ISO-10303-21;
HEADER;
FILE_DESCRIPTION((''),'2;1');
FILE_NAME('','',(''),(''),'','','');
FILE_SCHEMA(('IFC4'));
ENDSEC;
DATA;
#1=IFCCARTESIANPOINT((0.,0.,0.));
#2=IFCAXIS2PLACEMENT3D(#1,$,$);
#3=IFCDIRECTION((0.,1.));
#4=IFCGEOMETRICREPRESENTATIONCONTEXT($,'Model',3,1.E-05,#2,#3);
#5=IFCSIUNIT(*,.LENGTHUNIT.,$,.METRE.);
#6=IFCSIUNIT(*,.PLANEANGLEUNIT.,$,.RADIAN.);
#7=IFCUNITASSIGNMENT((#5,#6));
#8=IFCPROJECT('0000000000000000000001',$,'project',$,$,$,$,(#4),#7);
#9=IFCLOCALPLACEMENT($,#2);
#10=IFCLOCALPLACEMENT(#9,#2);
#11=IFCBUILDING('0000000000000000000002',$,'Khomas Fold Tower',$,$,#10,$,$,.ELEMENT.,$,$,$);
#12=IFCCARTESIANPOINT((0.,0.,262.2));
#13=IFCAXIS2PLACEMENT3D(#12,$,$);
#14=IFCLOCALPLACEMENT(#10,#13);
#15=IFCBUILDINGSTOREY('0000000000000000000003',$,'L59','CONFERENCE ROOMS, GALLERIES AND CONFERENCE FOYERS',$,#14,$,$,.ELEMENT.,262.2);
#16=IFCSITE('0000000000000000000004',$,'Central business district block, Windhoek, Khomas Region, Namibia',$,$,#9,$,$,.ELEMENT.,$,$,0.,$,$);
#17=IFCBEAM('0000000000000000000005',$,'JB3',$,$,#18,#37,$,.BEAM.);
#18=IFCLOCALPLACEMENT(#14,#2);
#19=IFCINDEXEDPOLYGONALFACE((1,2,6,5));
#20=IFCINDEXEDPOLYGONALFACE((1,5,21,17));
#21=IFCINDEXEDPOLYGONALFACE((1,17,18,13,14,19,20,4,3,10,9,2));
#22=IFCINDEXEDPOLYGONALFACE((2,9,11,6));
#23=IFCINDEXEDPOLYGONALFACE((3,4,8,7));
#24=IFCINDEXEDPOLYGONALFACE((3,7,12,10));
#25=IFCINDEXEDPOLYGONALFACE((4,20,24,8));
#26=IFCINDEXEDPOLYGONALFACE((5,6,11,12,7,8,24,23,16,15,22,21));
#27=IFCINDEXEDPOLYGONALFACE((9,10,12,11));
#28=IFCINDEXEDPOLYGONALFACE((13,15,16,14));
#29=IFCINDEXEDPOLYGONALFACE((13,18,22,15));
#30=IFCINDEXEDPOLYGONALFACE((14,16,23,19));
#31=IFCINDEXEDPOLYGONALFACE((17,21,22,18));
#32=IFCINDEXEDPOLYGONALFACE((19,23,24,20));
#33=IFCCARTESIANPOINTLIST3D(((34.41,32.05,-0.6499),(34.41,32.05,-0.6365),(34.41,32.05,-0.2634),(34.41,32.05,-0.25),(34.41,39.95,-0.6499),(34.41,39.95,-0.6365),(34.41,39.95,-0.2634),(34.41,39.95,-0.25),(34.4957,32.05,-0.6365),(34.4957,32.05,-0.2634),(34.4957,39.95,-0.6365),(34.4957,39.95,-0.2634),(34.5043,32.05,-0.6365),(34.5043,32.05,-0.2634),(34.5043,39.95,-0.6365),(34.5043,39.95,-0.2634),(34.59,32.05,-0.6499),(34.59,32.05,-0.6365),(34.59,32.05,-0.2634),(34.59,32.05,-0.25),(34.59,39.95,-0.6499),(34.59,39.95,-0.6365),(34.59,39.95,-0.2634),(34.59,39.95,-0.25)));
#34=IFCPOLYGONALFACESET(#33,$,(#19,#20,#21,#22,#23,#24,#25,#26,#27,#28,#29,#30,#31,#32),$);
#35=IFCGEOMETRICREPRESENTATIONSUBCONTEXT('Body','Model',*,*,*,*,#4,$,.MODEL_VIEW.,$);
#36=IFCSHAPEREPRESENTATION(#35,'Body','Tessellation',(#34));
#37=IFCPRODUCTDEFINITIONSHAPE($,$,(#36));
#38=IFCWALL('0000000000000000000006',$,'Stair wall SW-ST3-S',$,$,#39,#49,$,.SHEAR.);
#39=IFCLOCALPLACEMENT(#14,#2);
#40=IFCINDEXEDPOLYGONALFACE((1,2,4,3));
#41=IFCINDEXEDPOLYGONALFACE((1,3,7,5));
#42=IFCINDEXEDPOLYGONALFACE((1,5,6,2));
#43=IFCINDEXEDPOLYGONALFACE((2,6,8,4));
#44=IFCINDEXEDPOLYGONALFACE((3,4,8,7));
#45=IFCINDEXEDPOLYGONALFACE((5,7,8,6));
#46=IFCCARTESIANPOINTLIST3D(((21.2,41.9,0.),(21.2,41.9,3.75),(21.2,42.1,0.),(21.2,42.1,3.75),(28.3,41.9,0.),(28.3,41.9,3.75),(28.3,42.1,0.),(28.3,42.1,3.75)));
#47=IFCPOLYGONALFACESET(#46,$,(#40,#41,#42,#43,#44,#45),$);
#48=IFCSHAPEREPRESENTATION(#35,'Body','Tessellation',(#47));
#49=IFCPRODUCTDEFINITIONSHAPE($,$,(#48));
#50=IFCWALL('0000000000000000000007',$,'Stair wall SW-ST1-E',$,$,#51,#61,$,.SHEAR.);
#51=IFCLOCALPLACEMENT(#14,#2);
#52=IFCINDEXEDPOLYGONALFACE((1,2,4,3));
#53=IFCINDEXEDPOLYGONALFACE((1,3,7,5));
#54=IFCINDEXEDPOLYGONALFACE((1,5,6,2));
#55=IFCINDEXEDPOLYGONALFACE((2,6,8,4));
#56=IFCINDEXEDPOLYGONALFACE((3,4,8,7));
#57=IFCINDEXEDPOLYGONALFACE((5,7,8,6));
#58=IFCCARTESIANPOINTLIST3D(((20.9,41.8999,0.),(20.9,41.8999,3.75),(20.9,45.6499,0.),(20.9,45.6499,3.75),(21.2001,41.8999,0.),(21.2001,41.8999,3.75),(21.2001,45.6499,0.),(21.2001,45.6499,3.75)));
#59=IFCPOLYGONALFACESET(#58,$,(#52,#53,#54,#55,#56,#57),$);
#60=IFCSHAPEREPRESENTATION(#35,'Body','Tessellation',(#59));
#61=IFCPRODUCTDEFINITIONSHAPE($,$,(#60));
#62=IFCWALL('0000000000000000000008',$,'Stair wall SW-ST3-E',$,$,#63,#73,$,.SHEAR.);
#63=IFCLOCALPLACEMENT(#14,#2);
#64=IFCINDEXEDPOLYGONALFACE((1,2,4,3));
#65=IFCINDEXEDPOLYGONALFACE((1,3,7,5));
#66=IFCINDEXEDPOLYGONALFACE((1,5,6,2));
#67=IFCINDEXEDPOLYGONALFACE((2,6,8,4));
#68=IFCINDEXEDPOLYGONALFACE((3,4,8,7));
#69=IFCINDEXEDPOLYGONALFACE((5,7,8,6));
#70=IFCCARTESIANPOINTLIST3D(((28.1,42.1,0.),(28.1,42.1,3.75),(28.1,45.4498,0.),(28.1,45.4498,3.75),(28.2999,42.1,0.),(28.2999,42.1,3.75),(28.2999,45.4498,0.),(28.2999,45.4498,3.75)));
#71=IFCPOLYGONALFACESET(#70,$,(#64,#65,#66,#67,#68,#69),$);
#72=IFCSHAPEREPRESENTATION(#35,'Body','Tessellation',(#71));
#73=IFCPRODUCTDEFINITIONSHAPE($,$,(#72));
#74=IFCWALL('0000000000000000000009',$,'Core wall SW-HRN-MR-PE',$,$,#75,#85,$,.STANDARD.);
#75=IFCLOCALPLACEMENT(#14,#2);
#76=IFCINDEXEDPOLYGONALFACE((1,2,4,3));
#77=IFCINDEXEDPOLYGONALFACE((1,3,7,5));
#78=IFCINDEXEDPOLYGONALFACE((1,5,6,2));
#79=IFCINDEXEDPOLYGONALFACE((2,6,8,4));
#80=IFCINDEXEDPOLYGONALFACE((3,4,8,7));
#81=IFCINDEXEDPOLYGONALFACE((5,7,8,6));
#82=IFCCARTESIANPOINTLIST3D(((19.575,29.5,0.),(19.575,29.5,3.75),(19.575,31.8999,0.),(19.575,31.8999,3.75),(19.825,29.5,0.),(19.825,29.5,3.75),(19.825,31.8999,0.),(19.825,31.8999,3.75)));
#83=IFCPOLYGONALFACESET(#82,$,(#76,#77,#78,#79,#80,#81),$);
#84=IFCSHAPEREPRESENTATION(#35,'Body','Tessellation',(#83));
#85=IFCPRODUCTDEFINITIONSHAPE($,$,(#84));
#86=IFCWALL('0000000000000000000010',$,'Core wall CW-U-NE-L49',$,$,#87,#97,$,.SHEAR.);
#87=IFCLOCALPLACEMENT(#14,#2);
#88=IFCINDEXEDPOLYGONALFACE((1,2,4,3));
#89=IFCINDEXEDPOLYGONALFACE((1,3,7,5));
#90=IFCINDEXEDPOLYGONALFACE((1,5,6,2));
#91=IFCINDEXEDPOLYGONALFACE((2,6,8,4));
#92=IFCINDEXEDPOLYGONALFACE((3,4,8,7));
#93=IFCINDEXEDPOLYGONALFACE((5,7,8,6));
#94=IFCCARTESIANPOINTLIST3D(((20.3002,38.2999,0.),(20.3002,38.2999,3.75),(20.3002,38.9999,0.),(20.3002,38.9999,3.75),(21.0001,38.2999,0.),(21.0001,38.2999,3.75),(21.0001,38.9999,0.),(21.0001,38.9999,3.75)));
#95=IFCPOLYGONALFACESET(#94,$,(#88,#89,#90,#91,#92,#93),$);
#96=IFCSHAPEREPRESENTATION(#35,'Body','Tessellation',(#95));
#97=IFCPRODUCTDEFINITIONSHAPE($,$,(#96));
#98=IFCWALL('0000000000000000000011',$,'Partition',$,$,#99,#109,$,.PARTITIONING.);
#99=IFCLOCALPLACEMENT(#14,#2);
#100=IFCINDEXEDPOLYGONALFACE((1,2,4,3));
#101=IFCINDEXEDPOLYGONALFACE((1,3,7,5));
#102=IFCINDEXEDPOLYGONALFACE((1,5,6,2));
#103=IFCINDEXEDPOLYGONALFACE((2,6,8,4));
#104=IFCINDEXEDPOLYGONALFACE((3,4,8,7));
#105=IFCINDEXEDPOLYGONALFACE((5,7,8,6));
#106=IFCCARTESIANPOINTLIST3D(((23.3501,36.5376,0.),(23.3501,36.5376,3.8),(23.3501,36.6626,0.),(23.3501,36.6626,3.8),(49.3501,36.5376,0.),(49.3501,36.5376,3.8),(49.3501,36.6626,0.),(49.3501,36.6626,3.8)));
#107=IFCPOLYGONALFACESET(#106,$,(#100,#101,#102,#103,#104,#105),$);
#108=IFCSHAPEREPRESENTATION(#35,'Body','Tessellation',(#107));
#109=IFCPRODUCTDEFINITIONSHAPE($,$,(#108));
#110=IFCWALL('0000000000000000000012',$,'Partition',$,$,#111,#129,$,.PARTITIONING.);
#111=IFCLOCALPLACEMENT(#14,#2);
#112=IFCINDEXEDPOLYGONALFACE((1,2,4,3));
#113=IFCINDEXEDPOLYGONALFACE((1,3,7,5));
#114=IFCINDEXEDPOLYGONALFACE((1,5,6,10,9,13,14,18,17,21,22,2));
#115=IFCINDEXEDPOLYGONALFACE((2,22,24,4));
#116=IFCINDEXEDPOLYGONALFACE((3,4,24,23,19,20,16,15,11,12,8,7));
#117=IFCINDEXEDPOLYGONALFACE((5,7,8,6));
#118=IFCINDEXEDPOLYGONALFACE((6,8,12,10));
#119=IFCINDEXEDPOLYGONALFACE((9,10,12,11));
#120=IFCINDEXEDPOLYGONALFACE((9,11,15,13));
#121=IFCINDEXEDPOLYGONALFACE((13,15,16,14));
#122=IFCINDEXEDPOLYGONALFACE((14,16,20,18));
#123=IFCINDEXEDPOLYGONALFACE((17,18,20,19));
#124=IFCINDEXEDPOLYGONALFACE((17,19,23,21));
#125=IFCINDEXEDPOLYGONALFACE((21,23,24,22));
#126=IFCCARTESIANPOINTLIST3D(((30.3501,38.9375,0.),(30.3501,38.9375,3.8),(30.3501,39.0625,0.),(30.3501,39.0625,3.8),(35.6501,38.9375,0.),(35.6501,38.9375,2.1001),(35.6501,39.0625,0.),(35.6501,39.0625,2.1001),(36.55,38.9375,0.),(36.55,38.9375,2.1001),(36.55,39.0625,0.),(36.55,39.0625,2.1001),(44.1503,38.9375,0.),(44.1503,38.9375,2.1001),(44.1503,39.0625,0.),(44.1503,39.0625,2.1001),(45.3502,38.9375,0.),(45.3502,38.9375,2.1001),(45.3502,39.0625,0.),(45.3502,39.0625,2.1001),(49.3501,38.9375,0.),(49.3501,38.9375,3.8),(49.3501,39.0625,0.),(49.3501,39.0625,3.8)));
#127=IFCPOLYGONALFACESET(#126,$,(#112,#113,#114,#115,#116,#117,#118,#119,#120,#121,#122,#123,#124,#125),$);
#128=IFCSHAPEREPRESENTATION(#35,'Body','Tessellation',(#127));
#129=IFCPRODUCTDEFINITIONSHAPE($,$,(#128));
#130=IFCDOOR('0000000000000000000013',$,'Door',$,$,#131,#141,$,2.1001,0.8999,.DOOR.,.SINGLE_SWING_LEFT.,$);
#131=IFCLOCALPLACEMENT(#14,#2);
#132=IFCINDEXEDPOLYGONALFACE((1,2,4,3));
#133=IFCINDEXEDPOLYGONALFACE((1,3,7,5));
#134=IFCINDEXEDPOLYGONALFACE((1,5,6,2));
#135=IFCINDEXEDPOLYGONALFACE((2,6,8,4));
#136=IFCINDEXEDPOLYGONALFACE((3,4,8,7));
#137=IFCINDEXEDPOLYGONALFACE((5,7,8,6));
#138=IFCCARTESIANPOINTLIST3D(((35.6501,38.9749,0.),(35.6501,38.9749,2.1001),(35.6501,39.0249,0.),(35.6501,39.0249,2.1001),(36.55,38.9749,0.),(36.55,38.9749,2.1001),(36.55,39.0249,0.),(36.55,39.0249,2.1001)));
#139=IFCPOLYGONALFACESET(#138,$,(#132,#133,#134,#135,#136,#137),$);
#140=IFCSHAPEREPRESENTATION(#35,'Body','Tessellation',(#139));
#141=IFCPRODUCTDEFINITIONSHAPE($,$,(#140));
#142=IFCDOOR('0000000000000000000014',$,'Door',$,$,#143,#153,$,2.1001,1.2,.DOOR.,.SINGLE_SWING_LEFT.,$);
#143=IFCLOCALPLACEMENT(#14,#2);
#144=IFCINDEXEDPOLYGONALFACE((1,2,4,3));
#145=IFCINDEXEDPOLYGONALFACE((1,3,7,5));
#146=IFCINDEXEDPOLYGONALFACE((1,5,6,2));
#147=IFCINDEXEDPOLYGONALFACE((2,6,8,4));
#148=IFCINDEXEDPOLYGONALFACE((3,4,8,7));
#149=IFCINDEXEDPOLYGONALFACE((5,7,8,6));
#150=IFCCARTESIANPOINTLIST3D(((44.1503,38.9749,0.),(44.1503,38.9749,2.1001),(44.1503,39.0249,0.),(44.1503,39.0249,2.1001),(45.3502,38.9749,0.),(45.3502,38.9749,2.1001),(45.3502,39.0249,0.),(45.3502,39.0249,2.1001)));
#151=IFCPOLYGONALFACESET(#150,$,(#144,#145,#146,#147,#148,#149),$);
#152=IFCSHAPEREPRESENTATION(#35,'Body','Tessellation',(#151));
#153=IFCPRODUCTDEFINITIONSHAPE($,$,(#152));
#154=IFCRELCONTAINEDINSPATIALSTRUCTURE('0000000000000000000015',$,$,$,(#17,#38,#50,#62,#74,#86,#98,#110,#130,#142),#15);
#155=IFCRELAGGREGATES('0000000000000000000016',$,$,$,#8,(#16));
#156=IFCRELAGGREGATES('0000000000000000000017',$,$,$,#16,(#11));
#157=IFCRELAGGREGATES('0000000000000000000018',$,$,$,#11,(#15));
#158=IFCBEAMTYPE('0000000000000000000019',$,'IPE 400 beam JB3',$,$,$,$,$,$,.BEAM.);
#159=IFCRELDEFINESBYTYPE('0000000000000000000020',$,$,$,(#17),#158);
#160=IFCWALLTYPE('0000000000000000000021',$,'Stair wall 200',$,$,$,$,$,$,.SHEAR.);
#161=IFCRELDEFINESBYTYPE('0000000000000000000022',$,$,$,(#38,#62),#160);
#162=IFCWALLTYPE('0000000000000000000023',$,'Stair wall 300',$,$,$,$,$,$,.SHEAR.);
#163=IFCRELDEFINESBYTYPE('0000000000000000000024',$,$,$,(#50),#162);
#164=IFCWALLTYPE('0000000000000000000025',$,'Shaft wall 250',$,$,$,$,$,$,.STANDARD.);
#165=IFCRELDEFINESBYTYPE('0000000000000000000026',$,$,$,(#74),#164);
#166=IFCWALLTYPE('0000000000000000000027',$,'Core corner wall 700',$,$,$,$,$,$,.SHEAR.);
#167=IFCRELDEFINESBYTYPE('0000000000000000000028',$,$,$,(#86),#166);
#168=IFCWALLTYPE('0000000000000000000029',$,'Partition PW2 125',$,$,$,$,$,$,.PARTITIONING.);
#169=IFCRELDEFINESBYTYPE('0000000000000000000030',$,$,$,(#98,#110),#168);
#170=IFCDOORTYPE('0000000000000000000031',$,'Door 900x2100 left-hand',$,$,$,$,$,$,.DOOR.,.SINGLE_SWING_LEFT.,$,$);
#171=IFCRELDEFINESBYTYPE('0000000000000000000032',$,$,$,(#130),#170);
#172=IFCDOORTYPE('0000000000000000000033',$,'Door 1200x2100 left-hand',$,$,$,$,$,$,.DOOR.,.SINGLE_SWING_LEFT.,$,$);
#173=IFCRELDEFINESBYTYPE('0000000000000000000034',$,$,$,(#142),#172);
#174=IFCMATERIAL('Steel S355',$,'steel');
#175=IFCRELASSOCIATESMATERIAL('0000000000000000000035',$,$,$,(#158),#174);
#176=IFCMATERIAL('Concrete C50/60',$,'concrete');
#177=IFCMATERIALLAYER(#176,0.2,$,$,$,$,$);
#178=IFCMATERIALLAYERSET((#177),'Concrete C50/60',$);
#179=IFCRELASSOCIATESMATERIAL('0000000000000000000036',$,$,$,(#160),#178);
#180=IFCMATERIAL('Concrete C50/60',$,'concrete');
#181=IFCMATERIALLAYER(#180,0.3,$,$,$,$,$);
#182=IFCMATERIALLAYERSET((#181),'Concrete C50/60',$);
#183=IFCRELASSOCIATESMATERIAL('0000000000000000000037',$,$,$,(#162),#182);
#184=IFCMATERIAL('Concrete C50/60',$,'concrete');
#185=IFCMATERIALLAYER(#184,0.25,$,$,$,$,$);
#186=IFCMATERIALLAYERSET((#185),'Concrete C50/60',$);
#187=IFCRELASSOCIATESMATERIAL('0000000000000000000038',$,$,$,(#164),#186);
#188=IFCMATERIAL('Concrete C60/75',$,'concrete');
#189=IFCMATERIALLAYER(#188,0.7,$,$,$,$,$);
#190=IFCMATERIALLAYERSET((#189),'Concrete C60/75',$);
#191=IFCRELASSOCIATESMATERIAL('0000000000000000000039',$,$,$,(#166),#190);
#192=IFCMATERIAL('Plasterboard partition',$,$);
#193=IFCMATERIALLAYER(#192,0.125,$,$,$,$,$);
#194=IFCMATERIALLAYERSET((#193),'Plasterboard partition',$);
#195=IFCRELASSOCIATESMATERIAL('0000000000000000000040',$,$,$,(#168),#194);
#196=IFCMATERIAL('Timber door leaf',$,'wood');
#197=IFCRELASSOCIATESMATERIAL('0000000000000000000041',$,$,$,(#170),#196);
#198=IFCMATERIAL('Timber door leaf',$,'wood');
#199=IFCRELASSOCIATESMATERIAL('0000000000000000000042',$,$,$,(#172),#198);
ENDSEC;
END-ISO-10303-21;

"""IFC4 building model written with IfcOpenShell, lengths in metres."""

from ifc_helpers import new_model, si_unit, direction, frame, frame_2d, origin, origin_2d, place, context, subcontext, project, spatial, rectangle, i_section, extrude, source, transform, mapped, material, layer, layer_set, material_profile, profile_set, type_object, element, fill, save


model = new_model("IFC4")

# Units and contexts
model_context = context("Model", 3, precision=1e-05, world=origin(), true_north=direction((0.0, 1.0)))
body_context = subcontext(model_context, "Body", "Model", "MODEL_VIEW")
ifc_project = project(units=[si_unit("LENGTHUNIT", "METRE"), si_unit("PLANEANGLEUNIT", "RADIAN")], contexts=[model_context])

# Site, building, storey
site_placement = place(None, origin())
site = spatial("IfcSite", under=ifc_project, at=site_placement, Name="Central business district block, Windhoek, Khomas Region, Namibia", CompositionType="ELEMENT", RefElevation=0.0)
building_placement = place(site_placement, origin())
building = spatial("IfcBuilding", under=site, at=building_placement, Name="Khomas Fold Tower", CompositionType="ELEMENT")
storey_placement = place(building_placement, frame((0.0, 0.0, 262.2)))
storey = spatial("IfcBuildingStorey", under=building, at=storey_placement, Name="L59", Description="CONFERENCE ROOMS, GALLERIES AND CONFERENCE FOYERS", CompositionType="ELEMENT", Elevation=262.2)

# Beam
ifc_material_1 = material(Name="Steel S355", Category="steel")
ifc_material_profile_1 = material_profile(ifc_material_1, i_section(OverallWidth=0.1799, OverallDepth=0.3999, WebThickness=0.0085, FlangeThickness=0.0134, at=origin_2d()), Name="IPE 400")
ifc_profile_set_1 = profile_set([ifc_material_profile_1], Name="Steel S355")
beam_type_1 = type_object("IfcBeamType", Name="IPE 400 beam JB3", PredefinedType="BEAM", material=ifc_profile_set_1)
shared_shape_1 = source(origin(), body_context, "Body", "SweptSolid", [
    extrude(i_section(OverallWidth=0.1799, OverallDepth=0.3999, WebThickness=0.0085, FlangeThickness=0.0134, at=origin_2d()), origin(), (0.0, 0.0, 1.0), 7.8999),
])
beam_1_placement = place(storey_placement, frame((34.5, 32.05, -0.45), z_axis=(0.0, 1.0, 0.0), x_axis=(-1.0, 0.0, 0.0)))
element("IfcBeam", 1, at=beam_1_placement, inside=storey, type_object=beam_type_1, Name="JB3", PredefinedType="BEAM", context=body_context, shape_type="MappedRepresentation", body=[
    mapped(shared_shape_1, transform((0.0, 0.0, 0.0))),
])

# Walls
ifc_material_2 = material(Name="Concrete C50/60", Category="concrete")
ifc_layer_1 = layer(ifc_material_2, 0.2)
ifc_layer_set_1 = layer_set([ifc_layer_1], Name="Concrete C50/60")
wall_type_1 = type_object("IfcWallType", Name="Stair wall 200", PredefinedType="SHEAR", material=ifc_layer_set_1)
shared_shape_2 = source(origin(), body_context, "Body", "SweptSolid", [
    extrude(rectangle(XDim=7.1001, YDim=0.2, at=frame_2d((3.55, 0.0))), origin(), (0.0, 0.0, 1.0), 3.75),
])
wall_1_placement = place(storey_placement, frame((21.2, 42.0, 0.0), z_axis=(0.0, 0.0, 1.0), x_axis=(1.0, 0.0, 0.0)))
element("IfcWall", 2, at=wall_1_placement, inside=storey, type_object=wall_type_1, Name="Stair wall SW-ST3-S", PredefinedType="SHEAR", context=body_context, shape_type="MappedRepresentation", body=[
    mapped(shared_shape_2, transform((0.0, 0.0, 0.0))),
])
ifc_material_3 = material(Name="Concrete C50/60", Category="concrete")
ifc_layer_2 = layer(ifc_material_3, 0.3)
ifc_layer_set_2 = layer_set([ifc_layer_2], Name="Concrete C50/60")
wall_type_2 = type_object("IfcWallType", Name="Stair wall 300", PredefinedType="SHEAR", material=ifc_layer_set_2)
shared_shape_3 = source(origin(), body_context, "Body", "SweptSolid", [
    extrude(rectangle(XDim=3.75, YDim=0.3, at=frame_2d((1.875, 0.0))), origin(), (0.0, 0.0, 1.0), 3.75),
])
wall_2_placement = place(storey_placement, frame((21.05, 41.8999, 0.0), z_axis=(0.0, 0.0, 1.0), x_axis=(0.0, 1.0, 0.0)))
element("IfcWall", 3, at=wall_2_placement, inside=storey, type_object=wall_type_2, Name="Stair wall SW-ST1-E", PredefinedType="SHEAR", context=body_context, shape_type="MappedRepresentation", body=[
    mapped(shared_shape_3, transform((0.0, 0.0, 0.0))),
])
shared_shape_4 = source(origin(), body_context, "Body", "SweptSolid", [
    extrude(rectangle(XDim=3.3499, YDim=0.2, at=frame_2d((1.6748, 0.0))), origin(), (0.0, 0.0, 1.0), 3.75),
])
wall_3_placement = place(storey_placement, frame((28.2, 42.1001, 0.0), z_axis=(0.0, 0.0, 1.0), x_axis=(0.0, 1.0, 0.0)))
element("IfcWall", 4, at=wall_3_placement, inside=storey, type_object=wall_type_1, Name="Stair wall SW-ST3-E", PredefinedType="SHEAR", context=body_context, shape_type="MappedRepresentation", body=[
    mapped(shared_shape_4, transform((0.0, 0.0, 0.0))),
])
ifc_material_4 = material(Name="Concrete C50/60", Category="concrete")
ifc_layer_3 = layer(ifc_material_4, 0.25)
ifc_layer_set_3 = layer_set([ifc_layer_3], Name="Concrete C50/60")
wall_type_3 = type_object("IfcWallType", Name="Shaft wall 250", PredefinedType="STANDARD", material=ifc_layer_set_3)
shared_shape_5 = source(origin(), body_context, "Body", "SweptSolid", [
    extrude(rectangle(XDim=2.3999, YDim=0.25, at=frame_2d((1.2, 0.0))), origin(), (0.0, 0.0, 1.0), 3.75),
])
wall_4_placement = place(storey_placement, frame((19.7, 29.5, 0.0), z_axis=(0.0, 0.0, 1.0), x_axis=(0.0, 1.0, 0.0)))
element("IfcWall", 5, at=wall_4_placement, inside=storey, type_object=wall_type_3, Name="Core wall SW-HRN-MR-PE", PredefinedType="STANDARD", context=body_context, shape_type="MappedRepresentation", body=[
    mapped(shared_shape_5, transform((0.0, 0.0, 0.0))),
])
ifc_material_5 = material(Name="Concrete C60/75", Category="concrete")
ifc_layer_4 = layer(ifc_material_5, 0.7)
ifc_layer_set_4 = layer_set([ifc_layer_4], Name="Concrete C60/75")
wall_type_4 = type_object("IfcWallType", Name="Core corner wall 700", PredefinedType="SHEAR", material=ifc_layer_set_4)
shared_shape_6 = source(origin(), body_context, "Body", "SweptSolid", [
    extrude(rectangle(XDim=0.7, YDim=0.7, at=frame_2d((0.3501, 0.0))), origin(), (0.0, 0.0, 1.0), 3.75),
])
wall_5_placement = place(storey_placement, frame((20.3, 38.6499, 0.0), z_axis=(0.0, 0.0, 1.0), x_axis=(1.0, 0.0, 0.0)))
element("IfcWall", 6, at=wall_5_placement, inside=storey, type_object=wall_type_4, Name="Core wall CW-U-NE-L49", PredefinedType="SHEAR", context=body_context, shape_type="MappedRepresentation", body=[
    mapped(shared_shape_6, transform((0.0, 0.0, 0.0))),
])
ifc_material_6 = material(Name="Plasterboard partition")
ifc_layer_5 = layer(ifc_material_6, 0.125)
ifc_layer_set_5 = layer_set([ifc_layer_5], Name="Plasterboard partition")
wall_type_5 = type_object("IfcWallType", Name="Partition PW2 125", PredefinedType="PARTITIONING", material=ifc_layer_set_5)
shared_shape_7 = source(origin(), body_context, "Body", "SweptSolid", [
    extrude(rectangle(XDim=26.0, YDim=0.125, at=frame_2d((13.0, 0.0))), origin(), (0.0, 0.0, 1.0), 3.8),
])
wall_6_placement = place(storey_placement, frame((23.3501, 36.6001, 0.0), z_axis=(0.0, 0.0, 1.0), x_axis=(1.0, 0.0, 0.0)))
element("IfcWall", 7, at=wall_6_placement, inside=storey, type_object=wall_type_5, Name="Partition", PredefinedType="PARTITIONING", context=body_context, shape_type="MappedRepresentation", body=[
    mapped(shared_shape_7, transform((0.0, 0.0, 0.0))),
])

# Wall, openings, doors
shared_shape_8 = source(origin(), body_context, "Body", "SweptSolid", [
    extrude(rectangle(XDim=19.0, YDim=0.125, at=frame_2d((9.5, 0.0))), origin(), (0.0, 0.0, 1.0), 3.8),
])
wall_7_placement = place(storey_placement, frame((30.3501, 39.0, 0.0), z_axis=(0.0, 0.0, 1.0), x_axis=(1.0, 0.0, 0.0)))
wall_7 = element("IfcWall", 8, at=wall_7_placement, inside=storey, type_object=wall_type_5, Name="Partition", PredefinedType="PARTITIONING", context=body_context, shape_type="MappedRepresentation", body=[
    mapped(shared_shape_8, transform((0.0, 0.0, 0.0))),
])
shared_shape_9 = source(origin(), body_context, "Body", "SweptSolid", [
    extrude(rectangle(XDim=0.8999, YDim=2.1001, at=frame_2d((0.45, 1.05))), frame((0.0, 0.0725, 0.0), z_axis=(0.0, -1.0, 0.0), x_axis=(1.0, 0.0, 0.0)), (0.0, 0.0, 1.0), 0.145),
])
opening_1_placement = place(wall_7_placement, frame((5.3, 0.0, 0.0)))
opening_1 = element("IfcOpeningElement", 9, at=opening_1_placement, cuts=wall_7, PredefinedType="OPENING", context=body_context, shape_type="MappedRepresentation", body=[
    mapped(shared_shape_9, transform((0.0, 0.0, 0.0))),
])
shared_shape_10 = source(origin(), body_context, "Body", "SweptSolid", [
    extrude(rectangle(XDim=1.2, YDim=2.1001, at=frame_2d((0.6001, 1.05))), frame((0.0, 0.0725, 0.0), z_axis=(0.0, -1.0, 0.0), x_axis=(1.0, 0.0, 0.0)), (0.0, 0.0, 1.0), 0.145),
])
opening_2_placement = place(wall_7_placement, frame((13.8, 0.0, 0.0)))
opening_2 = element("IfcOpeningElement", 10, at=opening_2_placement, cuts=wall_7, PredefinedType="OPENING", context=body_context, shape_type="MappedRepresentation", body=[
    mapped(shared_shape_10, transform((0.0, 0.0, 0.0))),
])
ifc_material_7 = material(Name="Timber door leaf", Category="wood")
door_type_1 = type_object("IfcDoorType", Name="Door 900x2100 left-hand", OperationType="SINGLE_SWING_LEFT", PredefinedType="DOOR", material=ifc_material_7)
shared_shape_11 = source(origin(), body_context, "Body", "SweptSolid", [
    extrude(rectangle(XDim=0.8999, YDim=2.1001, at=frame_2d((0.45, 1.05))), frame((0.0, 0.0249, 0.0), z_axis=(0.0, -1.0, 0.0), x_axis=(1.0, 0.0, 0.0)), (0.0, 0.0, 1.0), 0.05),
])
door_1_placement = place(opening_1_placement, origin())
door_1 = element("IfcDoor", 11, at=door_1_placement, inside=storey, type_object=door_type_1, Name="Door", OperationType="SINGLE_SWING_LEFT", OverallHeight=2.1001, OverallWidth=0.8999, PredefinedType="DOOR", context=body_context, shape_type="MappedRepresentation", body=[
    mapped(shared_shape_11, transform((0.0, 0.0, 0.0))),
])
fill(opening_1, door_1)
ifc_material_8 = material(Name="Timber door leaf", Category="wood")
door_type_2 = type_object("IfcDoorType", Name="Door 1200x2100 left-hand", OperationType="SINGLE_SWING_LEFT", PredefinedType="DOOR", material=ifc_material_8)
shared_shape_12 = source(origin(), body_context, "Body", "SweptSolid", [
    extrude(rectangle(XDim=1.2, YDim=2.1001, at=frame_2d((0.6001, 1.05))), frame((0.0, 0.0249, 0.0), z_axis=(0.0, -1.0, 0.0), x_axis=(1.0, 0.0, 0.0)), (0.0, 0.0, 1.0), 0.05),
])
door_2_placement = place(opening_2_placement, origin())
door_2 = element("IfcDoor", 12, at=door_2_placement, inside=storey, type_object=door_type_2, Name="Door", OperationType="SINGLE_SWING_LEFT", OverallHeight=2.1001, OverallWidth=1.2, PredefinedType="DOOR", context=body_context, shape_type="MappedRepresentation", body=[
    mapped(shared_shape_12, transform((0.0, 0.0, 0.0))),
])
fill(opening_2, door_2)

save(model, "model.ifc")
